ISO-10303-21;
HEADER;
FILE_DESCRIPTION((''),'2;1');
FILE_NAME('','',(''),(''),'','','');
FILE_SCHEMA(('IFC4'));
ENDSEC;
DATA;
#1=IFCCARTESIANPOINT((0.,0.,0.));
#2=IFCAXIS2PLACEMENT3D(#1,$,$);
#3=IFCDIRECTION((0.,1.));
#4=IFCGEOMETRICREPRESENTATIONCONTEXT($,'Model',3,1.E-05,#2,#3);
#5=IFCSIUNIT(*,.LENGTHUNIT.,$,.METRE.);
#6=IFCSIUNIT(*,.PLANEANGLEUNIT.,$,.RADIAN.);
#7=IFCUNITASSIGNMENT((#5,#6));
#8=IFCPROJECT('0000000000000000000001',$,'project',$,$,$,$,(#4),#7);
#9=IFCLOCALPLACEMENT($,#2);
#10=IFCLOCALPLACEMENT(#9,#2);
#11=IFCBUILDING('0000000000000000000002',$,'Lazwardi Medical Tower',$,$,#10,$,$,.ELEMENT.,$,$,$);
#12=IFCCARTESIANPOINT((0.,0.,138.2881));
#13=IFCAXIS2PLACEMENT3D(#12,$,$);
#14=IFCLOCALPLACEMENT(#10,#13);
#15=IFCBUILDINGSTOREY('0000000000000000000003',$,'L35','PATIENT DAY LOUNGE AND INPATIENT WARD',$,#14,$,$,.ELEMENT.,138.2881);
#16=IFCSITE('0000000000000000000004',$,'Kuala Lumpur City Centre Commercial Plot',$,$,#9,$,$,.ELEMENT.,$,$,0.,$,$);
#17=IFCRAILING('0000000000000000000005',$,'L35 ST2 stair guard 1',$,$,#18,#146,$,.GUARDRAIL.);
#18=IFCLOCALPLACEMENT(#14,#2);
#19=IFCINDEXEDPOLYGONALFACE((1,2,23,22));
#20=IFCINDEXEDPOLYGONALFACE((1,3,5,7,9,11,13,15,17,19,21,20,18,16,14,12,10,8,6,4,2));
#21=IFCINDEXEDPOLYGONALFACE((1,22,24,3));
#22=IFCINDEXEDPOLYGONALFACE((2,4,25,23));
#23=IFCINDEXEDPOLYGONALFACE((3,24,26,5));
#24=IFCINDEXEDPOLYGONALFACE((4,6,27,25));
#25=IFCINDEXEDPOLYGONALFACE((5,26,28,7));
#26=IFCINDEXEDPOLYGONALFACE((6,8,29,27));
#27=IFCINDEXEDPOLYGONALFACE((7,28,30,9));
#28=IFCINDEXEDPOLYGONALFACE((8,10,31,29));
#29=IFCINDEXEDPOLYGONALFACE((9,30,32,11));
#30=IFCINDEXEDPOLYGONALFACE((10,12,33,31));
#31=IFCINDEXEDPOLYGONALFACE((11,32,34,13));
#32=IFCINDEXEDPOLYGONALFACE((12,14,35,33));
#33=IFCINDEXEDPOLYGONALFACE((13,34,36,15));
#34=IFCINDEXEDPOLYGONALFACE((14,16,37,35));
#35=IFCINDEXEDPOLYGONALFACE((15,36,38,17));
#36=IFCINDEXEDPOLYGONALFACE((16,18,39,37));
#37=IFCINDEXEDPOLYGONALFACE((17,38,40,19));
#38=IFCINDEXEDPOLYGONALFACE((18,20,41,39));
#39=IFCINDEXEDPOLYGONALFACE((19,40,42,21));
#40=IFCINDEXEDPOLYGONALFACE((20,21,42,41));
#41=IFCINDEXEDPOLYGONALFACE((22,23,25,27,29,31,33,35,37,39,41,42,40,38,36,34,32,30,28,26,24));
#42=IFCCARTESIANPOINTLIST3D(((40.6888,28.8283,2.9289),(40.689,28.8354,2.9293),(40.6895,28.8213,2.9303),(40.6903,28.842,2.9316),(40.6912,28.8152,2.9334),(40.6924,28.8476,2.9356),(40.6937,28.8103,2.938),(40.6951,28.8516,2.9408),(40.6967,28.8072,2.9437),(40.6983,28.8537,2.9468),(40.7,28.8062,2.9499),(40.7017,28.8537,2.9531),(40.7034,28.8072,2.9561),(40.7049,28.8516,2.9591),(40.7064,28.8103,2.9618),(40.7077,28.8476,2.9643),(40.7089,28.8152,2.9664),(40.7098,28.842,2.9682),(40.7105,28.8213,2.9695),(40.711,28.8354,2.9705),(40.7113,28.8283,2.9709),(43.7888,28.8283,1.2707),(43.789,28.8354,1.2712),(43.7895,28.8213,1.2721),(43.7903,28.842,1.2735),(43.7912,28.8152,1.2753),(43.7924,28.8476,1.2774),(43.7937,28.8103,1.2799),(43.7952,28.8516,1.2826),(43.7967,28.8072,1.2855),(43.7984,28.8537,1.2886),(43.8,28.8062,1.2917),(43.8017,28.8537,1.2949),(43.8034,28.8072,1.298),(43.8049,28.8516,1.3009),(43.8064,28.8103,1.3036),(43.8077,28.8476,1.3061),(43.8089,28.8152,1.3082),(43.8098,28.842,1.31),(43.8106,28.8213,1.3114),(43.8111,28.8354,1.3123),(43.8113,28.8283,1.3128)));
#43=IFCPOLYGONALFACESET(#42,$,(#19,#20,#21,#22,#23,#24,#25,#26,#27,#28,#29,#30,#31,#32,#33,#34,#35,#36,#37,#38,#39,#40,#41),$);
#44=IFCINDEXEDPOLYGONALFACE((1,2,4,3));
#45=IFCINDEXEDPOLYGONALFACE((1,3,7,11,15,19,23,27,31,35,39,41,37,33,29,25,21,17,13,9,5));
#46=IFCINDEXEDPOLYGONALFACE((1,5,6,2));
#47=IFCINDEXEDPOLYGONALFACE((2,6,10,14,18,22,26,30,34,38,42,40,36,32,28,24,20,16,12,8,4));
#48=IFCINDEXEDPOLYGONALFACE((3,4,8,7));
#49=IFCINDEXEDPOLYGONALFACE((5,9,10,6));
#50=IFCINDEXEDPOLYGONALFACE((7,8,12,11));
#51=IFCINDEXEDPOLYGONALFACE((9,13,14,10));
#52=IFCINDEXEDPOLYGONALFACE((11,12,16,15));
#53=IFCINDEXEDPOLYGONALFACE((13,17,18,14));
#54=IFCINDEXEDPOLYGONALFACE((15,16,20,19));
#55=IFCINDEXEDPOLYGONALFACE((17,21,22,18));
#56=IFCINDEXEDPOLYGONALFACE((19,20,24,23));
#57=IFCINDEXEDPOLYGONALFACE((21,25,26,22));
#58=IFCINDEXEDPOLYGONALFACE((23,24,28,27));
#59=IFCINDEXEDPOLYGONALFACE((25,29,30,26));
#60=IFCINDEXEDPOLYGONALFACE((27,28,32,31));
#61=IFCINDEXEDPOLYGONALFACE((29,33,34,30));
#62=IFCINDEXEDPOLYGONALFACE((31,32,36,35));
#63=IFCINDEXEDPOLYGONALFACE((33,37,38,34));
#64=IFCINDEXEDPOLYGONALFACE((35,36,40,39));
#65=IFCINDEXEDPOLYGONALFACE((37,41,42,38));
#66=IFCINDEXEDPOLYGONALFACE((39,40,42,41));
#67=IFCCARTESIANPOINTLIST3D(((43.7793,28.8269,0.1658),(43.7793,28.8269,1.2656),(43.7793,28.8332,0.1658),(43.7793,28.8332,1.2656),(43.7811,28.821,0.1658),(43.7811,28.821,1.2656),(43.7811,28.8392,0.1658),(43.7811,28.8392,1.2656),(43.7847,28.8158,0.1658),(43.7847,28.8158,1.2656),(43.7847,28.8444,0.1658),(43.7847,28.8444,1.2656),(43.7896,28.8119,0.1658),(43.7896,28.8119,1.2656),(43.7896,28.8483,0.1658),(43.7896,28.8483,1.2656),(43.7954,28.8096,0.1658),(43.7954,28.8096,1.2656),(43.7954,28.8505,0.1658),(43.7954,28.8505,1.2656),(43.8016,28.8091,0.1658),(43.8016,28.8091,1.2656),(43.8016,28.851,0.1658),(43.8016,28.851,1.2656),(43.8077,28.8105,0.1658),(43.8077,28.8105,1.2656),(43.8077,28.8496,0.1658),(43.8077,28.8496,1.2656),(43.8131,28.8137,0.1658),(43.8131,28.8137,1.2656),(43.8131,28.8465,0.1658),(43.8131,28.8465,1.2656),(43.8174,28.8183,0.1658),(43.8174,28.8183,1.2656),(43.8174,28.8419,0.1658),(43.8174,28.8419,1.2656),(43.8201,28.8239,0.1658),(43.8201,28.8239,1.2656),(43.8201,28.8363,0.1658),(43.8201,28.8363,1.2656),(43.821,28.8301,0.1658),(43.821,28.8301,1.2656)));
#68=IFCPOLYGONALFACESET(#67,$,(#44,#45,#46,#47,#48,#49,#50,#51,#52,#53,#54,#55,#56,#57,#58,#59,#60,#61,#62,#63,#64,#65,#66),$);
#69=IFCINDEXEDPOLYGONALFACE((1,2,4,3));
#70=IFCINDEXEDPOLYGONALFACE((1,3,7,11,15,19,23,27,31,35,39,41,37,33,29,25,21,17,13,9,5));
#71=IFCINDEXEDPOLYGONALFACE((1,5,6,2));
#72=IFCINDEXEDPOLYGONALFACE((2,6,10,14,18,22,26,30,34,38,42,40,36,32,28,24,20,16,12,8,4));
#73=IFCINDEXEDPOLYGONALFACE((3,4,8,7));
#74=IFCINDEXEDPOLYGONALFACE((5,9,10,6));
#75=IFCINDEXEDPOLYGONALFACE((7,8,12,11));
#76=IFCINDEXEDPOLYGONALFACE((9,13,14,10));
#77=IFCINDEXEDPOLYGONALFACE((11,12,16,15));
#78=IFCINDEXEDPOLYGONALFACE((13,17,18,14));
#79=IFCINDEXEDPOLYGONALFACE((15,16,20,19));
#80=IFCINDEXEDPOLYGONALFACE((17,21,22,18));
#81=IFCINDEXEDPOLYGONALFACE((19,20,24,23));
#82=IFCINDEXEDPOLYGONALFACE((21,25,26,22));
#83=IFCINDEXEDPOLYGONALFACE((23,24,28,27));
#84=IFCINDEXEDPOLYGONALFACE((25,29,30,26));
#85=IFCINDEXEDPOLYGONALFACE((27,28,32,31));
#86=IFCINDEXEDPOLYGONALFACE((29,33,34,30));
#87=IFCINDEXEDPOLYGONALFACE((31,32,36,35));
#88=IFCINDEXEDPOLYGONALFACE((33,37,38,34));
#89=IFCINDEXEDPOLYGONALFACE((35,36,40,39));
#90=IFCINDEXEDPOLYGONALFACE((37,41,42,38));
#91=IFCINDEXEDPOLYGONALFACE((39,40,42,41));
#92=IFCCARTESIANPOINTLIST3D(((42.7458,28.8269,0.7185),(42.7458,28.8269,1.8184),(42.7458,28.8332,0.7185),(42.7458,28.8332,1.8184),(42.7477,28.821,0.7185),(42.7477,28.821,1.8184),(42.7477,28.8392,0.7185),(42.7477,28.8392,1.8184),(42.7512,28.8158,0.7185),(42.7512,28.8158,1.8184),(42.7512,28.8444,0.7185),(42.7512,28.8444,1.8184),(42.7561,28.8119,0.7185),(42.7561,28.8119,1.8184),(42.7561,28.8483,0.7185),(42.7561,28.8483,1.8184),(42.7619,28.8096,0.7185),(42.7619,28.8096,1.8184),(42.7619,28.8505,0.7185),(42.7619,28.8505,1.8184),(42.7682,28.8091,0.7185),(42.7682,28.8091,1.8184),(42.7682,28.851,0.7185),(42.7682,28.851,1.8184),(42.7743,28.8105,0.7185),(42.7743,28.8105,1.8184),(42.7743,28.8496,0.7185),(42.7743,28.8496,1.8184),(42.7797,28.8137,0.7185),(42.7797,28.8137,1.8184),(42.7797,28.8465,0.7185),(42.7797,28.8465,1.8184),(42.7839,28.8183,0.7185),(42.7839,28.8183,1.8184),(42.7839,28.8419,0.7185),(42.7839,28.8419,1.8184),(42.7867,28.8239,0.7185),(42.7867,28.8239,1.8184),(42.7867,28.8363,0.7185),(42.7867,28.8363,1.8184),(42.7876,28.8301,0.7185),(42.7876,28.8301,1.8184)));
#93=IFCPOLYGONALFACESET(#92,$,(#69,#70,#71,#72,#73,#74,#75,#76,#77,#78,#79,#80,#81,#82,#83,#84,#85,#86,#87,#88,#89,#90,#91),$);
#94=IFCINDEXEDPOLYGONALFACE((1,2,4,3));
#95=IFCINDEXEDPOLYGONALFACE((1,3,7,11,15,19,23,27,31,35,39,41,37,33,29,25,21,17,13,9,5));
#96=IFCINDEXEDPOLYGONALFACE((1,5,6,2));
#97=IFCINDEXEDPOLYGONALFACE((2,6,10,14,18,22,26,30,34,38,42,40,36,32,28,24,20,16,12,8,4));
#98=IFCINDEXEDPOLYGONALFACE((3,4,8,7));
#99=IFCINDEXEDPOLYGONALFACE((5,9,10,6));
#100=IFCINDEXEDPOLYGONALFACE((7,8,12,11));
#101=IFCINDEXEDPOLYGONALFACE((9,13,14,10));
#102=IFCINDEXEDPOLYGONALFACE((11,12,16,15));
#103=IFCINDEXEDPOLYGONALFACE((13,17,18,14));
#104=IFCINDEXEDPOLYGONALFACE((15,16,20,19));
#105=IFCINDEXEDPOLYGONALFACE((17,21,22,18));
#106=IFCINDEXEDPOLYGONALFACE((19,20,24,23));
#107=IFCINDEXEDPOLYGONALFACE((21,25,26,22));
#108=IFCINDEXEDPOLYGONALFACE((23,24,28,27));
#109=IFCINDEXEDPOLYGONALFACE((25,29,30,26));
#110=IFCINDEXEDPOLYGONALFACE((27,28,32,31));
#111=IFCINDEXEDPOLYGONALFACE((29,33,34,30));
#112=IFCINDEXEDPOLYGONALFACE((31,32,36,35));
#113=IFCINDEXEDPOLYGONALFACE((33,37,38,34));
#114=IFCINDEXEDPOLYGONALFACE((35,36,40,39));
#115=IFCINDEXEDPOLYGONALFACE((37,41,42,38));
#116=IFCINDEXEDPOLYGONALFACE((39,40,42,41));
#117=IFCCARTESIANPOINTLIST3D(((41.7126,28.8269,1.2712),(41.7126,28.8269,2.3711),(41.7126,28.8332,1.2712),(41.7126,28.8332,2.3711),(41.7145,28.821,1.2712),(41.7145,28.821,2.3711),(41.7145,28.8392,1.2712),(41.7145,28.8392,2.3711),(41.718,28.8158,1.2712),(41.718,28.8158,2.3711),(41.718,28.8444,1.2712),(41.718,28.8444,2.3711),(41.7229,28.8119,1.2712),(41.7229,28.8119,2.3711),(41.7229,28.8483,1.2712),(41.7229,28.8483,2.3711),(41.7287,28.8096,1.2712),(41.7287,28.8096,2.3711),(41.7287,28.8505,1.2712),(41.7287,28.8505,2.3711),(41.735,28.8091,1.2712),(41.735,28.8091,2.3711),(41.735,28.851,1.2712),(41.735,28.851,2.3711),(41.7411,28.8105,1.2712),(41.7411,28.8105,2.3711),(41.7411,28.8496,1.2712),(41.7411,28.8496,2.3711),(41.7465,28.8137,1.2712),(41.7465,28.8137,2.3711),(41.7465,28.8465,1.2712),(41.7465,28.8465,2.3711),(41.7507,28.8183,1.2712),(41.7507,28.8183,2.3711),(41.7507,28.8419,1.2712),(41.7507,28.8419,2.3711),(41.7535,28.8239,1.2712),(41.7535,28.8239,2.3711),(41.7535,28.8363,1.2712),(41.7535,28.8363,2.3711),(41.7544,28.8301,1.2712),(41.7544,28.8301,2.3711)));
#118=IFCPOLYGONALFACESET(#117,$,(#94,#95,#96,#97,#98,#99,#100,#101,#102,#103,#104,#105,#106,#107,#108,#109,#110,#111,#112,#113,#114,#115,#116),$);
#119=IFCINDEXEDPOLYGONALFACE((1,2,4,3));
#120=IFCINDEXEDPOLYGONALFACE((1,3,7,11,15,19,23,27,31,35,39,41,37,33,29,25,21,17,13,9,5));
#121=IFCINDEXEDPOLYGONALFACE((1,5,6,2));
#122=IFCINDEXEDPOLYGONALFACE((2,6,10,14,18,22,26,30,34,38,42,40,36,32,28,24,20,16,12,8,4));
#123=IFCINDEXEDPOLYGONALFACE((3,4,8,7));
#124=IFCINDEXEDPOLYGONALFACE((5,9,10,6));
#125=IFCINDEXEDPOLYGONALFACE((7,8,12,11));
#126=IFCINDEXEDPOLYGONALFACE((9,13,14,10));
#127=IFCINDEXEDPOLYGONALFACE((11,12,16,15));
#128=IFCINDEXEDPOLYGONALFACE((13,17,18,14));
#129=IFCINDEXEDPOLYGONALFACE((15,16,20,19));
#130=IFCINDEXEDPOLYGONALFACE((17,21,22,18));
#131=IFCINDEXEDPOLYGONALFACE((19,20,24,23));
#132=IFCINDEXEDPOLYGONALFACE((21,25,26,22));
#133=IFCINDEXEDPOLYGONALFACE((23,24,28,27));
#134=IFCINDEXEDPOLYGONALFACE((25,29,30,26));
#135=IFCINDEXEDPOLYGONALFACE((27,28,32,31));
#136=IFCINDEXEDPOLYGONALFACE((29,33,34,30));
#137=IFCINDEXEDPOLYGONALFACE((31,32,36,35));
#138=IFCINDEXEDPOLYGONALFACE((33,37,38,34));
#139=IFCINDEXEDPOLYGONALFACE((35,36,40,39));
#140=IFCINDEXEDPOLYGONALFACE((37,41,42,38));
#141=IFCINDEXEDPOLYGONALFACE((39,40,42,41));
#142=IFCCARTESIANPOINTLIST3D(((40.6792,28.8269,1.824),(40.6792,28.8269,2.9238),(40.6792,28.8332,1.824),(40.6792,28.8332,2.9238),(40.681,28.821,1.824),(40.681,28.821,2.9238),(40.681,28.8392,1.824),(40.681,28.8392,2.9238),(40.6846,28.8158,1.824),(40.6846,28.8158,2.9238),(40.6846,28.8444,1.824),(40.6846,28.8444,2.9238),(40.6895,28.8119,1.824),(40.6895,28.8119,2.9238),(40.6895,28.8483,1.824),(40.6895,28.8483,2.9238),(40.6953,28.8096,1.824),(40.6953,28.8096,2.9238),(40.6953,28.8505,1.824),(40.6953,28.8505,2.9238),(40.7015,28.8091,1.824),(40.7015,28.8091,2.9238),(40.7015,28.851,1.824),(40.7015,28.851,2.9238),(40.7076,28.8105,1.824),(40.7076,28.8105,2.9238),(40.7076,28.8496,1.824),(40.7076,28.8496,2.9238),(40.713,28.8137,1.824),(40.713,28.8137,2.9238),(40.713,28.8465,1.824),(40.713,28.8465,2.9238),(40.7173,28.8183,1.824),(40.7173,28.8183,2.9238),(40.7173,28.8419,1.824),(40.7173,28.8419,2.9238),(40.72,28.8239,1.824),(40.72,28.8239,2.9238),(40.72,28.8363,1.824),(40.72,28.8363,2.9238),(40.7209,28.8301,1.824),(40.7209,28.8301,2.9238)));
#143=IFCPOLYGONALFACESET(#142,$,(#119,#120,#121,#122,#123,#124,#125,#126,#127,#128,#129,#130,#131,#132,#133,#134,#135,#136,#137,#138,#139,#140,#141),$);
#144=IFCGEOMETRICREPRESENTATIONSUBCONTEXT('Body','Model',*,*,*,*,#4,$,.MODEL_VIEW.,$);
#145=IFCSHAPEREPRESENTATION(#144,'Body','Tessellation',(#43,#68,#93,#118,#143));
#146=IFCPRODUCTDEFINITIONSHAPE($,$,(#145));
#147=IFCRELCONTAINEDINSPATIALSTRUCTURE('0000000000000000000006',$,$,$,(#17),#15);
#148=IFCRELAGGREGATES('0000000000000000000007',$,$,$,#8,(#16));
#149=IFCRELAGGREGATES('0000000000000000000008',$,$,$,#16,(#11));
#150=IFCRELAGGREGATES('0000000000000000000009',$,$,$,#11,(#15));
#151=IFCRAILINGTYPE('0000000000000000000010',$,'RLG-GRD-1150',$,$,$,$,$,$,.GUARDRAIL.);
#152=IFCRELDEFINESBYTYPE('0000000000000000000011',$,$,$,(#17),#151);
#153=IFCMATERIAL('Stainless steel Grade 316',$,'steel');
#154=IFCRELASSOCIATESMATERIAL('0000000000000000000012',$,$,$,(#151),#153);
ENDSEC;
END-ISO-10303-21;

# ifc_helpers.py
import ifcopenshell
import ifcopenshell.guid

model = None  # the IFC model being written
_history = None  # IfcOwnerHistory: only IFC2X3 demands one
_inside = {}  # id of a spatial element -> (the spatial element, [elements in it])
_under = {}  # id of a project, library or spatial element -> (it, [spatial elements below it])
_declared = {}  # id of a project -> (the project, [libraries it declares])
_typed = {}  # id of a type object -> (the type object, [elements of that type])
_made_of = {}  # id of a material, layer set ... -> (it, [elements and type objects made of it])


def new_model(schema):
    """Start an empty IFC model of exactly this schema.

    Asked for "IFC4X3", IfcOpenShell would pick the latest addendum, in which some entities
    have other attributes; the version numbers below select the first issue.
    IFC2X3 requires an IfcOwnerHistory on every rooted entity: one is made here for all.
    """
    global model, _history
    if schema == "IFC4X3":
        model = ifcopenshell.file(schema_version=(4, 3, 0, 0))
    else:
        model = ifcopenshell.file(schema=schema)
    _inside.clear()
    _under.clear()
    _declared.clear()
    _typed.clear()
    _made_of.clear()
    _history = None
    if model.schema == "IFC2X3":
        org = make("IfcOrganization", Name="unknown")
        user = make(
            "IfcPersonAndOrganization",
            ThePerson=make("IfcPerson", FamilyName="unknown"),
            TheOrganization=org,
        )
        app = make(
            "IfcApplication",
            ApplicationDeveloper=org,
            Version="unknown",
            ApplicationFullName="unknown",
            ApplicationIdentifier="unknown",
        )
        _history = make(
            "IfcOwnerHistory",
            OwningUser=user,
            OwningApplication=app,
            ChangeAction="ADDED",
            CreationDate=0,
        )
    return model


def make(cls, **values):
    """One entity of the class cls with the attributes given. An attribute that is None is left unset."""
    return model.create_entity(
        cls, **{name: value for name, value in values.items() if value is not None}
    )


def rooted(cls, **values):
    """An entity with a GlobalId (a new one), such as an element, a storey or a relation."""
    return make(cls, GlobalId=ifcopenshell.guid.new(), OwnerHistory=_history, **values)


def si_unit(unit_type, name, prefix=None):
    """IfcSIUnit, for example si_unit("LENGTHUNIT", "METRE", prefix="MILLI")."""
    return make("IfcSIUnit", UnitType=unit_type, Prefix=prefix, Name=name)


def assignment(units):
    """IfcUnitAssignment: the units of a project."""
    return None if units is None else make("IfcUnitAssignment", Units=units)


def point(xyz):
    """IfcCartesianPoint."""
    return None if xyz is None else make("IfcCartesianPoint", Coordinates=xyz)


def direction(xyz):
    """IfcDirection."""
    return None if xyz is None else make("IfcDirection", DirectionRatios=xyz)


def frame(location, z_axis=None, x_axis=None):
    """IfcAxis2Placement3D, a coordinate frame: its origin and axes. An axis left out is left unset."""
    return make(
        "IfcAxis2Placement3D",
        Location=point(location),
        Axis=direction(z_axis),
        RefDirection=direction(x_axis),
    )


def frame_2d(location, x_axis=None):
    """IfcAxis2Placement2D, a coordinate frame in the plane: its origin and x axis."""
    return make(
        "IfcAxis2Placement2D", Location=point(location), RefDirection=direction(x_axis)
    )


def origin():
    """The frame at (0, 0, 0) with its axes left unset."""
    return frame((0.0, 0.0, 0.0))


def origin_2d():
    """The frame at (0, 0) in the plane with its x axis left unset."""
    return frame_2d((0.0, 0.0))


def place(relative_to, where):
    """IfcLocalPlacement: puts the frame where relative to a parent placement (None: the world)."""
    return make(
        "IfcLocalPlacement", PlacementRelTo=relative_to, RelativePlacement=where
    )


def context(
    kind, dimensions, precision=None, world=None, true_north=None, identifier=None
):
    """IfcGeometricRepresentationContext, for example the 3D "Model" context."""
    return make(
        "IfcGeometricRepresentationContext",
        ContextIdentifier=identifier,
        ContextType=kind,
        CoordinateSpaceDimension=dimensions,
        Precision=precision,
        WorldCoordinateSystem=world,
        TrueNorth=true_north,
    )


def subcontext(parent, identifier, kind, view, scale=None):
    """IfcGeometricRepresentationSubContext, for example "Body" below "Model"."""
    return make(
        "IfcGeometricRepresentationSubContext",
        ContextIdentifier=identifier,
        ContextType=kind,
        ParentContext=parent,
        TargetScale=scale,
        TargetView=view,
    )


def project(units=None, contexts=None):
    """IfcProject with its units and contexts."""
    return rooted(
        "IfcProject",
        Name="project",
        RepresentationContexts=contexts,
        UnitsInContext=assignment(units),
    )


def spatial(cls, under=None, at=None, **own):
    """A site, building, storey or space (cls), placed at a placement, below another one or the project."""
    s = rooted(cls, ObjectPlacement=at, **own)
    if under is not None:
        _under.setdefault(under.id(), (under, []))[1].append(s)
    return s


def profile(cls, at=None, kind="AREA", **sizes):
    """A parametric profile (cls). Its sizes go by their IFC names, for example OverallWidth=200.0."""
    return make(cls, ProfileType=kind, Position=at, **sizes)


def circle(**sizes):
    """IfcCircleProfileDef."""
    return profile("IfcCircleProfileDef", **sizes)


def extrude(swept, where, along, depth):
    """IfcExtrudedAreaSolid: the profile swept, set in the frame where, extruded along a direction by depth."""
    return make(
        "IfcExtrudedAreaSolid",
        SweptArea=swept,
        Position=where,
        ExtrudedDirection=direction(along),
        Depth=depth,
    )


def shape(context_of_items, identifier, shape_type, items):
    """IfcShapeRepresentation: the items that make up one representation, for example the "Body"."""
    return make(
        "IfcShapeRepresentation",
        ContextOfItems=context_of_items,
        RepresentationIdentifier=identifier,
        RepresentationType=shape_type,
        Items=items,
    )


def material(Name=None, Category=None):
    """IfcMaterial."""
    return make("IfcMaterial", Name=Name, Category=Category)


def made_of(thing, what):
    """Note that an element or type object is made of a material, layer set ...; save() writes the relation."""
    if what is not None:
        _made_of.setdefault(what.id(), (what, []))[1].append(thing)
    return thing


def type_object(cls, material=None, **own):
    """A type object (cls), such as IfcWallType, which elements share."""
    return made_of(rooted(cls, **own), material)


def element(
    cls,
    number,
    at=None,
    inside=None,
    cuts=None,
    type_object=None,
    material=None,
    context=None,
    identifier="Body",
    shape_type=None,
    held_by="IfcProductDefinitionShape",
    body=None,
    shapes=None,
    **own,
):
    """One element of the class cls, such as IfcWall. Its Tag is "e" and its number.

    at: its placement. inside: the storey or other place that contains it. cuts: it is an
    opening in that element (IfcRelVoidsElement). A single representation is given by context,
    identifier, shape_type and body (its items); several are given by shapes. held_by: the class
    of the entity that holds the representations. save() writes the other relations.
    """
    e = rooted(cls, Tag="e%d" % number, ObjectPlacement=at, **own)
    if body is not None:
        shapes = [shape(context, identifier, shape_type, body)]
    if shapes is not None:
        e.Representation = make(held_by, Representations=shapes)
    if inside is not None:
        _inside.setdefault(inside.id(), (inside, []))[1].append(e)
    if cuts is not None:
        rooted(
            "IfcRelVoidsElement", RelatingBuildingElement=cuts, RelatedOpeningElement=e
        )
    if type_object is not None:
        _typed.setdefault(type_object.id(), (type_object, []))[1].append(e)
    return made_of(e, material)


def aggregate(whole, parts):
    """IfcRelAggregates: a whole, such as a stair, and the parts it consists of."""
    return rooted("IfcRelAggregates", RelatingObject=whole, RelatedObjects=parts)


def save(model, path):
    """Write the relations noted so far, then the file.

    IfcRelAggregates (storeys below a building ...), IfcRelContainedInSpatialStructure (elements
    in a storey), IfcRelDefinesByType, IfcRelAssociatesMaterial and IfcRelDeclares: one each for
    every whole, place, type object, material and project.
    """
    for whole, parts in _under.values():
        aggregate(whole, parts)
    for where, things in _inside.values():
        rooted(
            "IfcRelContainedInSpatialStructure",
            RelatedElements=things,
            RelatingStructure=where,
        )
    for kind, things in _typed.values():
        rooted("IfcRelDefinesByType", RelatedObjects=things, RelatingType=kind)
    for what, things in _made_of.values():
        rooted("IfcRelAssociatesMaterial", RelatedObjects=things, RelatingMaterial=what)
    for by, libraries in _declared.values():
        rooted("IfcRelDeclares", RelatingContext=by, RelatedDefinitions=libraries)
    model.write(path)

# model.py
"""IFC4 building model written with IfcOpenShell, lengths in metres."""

from ifc_helpers import new_model, si_unit, direction, frame, origin, origin_2d, place, context, subcontext, project, spatial, circle, extrude, material, type_object, element, save


model = new_model("IFC4")

# Units and contexts
model_context = context("Model", 3, precision=1e-05, world=origin(), true_north=direction((0.0, 1.0)))
body_context = subcontext(model_context, "Body", "Model", "MODEL_VIEW")
ifc_project = project(units=[si_unit("LENGTHUNIT", "METRE"), si_unit("PLANEANGLEUNIT", "RADIAN")], contexts=[model_context])

# Site, building, storey
site_placement = place(None, origin())
site = spatial("IfcSite", under=ifc_project, at=site_placement, Name="Kuala Lumpur City Centre Commercial Plot", CompositionType="ELEMENT", RefElevation=0.0)
building_placement = place(site_placement, origin())
building = spatial("IfcBuilding", under=site, at=building_placement, Name="Lazwardi Medical Tower", CompositionType="ELEMENT")
storey_placement = place(building_placement, frame((0.0, 0.0, 138.2881)))
storey = spatial("IfcBuildingStorey", under=building, at=storey_placement, Name="L35", Description="PATIENT DAY LOUNGE AND INPATIENT WARD", CompositionType="ELEMENT", Elevation=138.2881)

# Railing
ifc_material_1 = material(Name="Stainless steel Grade 316", Category="steel")
railing_type_1 = type_object("IfcRailingType", Name="RLG-GRD-1150", PredefinedType="GUARDRAIL", material=ifc_material_1)
railing_1_placement = place(storey_placement, frame((43.8, 28.8301, 0.1658)))
element("IfcRailing", 1, at=railing_1_placement, inside=storey, type_object=railing_type_1, Name="L35 ST2 stair guard 1", PredefinedType="GUARDRAIL", context=body_context, shape_type="SweptSolid", body=[
    extrude(circle(Radius=0.0239, at=origin_2d()), frame((0.0, 0.0, 1.126), z_axis=(-0.881783, 0.0, 0.471655), x_axis=(0.0, -1.0, 0.0)), (0.0, 0.0, 1.0), 3.5156),
    extrude(circle(Radius=0.021, at=origin_2d()), origin(), (0.0, 0.0, 1.0), 1.0999),
    extrude(circle(Radius=0.021, at=origin_2d()), frame((-1.0334, 0.0, 0.5527)), (0.0, 0.0, 1.0), 1.0999),
    extrude(circle(Radius=0.021, at=origin_2d()), frame((-2.0667, 0.0, 1.1055)), (0.0, 0.0, 1.0), 1.0999),
    extrude(circle(Radius=0.021, at=origin_2d()), frame((-3.1001, 0.0, 1.6582)), (0.0, 0.0, 1.0), 1.0999),
])

save(model, "model.ifc")
